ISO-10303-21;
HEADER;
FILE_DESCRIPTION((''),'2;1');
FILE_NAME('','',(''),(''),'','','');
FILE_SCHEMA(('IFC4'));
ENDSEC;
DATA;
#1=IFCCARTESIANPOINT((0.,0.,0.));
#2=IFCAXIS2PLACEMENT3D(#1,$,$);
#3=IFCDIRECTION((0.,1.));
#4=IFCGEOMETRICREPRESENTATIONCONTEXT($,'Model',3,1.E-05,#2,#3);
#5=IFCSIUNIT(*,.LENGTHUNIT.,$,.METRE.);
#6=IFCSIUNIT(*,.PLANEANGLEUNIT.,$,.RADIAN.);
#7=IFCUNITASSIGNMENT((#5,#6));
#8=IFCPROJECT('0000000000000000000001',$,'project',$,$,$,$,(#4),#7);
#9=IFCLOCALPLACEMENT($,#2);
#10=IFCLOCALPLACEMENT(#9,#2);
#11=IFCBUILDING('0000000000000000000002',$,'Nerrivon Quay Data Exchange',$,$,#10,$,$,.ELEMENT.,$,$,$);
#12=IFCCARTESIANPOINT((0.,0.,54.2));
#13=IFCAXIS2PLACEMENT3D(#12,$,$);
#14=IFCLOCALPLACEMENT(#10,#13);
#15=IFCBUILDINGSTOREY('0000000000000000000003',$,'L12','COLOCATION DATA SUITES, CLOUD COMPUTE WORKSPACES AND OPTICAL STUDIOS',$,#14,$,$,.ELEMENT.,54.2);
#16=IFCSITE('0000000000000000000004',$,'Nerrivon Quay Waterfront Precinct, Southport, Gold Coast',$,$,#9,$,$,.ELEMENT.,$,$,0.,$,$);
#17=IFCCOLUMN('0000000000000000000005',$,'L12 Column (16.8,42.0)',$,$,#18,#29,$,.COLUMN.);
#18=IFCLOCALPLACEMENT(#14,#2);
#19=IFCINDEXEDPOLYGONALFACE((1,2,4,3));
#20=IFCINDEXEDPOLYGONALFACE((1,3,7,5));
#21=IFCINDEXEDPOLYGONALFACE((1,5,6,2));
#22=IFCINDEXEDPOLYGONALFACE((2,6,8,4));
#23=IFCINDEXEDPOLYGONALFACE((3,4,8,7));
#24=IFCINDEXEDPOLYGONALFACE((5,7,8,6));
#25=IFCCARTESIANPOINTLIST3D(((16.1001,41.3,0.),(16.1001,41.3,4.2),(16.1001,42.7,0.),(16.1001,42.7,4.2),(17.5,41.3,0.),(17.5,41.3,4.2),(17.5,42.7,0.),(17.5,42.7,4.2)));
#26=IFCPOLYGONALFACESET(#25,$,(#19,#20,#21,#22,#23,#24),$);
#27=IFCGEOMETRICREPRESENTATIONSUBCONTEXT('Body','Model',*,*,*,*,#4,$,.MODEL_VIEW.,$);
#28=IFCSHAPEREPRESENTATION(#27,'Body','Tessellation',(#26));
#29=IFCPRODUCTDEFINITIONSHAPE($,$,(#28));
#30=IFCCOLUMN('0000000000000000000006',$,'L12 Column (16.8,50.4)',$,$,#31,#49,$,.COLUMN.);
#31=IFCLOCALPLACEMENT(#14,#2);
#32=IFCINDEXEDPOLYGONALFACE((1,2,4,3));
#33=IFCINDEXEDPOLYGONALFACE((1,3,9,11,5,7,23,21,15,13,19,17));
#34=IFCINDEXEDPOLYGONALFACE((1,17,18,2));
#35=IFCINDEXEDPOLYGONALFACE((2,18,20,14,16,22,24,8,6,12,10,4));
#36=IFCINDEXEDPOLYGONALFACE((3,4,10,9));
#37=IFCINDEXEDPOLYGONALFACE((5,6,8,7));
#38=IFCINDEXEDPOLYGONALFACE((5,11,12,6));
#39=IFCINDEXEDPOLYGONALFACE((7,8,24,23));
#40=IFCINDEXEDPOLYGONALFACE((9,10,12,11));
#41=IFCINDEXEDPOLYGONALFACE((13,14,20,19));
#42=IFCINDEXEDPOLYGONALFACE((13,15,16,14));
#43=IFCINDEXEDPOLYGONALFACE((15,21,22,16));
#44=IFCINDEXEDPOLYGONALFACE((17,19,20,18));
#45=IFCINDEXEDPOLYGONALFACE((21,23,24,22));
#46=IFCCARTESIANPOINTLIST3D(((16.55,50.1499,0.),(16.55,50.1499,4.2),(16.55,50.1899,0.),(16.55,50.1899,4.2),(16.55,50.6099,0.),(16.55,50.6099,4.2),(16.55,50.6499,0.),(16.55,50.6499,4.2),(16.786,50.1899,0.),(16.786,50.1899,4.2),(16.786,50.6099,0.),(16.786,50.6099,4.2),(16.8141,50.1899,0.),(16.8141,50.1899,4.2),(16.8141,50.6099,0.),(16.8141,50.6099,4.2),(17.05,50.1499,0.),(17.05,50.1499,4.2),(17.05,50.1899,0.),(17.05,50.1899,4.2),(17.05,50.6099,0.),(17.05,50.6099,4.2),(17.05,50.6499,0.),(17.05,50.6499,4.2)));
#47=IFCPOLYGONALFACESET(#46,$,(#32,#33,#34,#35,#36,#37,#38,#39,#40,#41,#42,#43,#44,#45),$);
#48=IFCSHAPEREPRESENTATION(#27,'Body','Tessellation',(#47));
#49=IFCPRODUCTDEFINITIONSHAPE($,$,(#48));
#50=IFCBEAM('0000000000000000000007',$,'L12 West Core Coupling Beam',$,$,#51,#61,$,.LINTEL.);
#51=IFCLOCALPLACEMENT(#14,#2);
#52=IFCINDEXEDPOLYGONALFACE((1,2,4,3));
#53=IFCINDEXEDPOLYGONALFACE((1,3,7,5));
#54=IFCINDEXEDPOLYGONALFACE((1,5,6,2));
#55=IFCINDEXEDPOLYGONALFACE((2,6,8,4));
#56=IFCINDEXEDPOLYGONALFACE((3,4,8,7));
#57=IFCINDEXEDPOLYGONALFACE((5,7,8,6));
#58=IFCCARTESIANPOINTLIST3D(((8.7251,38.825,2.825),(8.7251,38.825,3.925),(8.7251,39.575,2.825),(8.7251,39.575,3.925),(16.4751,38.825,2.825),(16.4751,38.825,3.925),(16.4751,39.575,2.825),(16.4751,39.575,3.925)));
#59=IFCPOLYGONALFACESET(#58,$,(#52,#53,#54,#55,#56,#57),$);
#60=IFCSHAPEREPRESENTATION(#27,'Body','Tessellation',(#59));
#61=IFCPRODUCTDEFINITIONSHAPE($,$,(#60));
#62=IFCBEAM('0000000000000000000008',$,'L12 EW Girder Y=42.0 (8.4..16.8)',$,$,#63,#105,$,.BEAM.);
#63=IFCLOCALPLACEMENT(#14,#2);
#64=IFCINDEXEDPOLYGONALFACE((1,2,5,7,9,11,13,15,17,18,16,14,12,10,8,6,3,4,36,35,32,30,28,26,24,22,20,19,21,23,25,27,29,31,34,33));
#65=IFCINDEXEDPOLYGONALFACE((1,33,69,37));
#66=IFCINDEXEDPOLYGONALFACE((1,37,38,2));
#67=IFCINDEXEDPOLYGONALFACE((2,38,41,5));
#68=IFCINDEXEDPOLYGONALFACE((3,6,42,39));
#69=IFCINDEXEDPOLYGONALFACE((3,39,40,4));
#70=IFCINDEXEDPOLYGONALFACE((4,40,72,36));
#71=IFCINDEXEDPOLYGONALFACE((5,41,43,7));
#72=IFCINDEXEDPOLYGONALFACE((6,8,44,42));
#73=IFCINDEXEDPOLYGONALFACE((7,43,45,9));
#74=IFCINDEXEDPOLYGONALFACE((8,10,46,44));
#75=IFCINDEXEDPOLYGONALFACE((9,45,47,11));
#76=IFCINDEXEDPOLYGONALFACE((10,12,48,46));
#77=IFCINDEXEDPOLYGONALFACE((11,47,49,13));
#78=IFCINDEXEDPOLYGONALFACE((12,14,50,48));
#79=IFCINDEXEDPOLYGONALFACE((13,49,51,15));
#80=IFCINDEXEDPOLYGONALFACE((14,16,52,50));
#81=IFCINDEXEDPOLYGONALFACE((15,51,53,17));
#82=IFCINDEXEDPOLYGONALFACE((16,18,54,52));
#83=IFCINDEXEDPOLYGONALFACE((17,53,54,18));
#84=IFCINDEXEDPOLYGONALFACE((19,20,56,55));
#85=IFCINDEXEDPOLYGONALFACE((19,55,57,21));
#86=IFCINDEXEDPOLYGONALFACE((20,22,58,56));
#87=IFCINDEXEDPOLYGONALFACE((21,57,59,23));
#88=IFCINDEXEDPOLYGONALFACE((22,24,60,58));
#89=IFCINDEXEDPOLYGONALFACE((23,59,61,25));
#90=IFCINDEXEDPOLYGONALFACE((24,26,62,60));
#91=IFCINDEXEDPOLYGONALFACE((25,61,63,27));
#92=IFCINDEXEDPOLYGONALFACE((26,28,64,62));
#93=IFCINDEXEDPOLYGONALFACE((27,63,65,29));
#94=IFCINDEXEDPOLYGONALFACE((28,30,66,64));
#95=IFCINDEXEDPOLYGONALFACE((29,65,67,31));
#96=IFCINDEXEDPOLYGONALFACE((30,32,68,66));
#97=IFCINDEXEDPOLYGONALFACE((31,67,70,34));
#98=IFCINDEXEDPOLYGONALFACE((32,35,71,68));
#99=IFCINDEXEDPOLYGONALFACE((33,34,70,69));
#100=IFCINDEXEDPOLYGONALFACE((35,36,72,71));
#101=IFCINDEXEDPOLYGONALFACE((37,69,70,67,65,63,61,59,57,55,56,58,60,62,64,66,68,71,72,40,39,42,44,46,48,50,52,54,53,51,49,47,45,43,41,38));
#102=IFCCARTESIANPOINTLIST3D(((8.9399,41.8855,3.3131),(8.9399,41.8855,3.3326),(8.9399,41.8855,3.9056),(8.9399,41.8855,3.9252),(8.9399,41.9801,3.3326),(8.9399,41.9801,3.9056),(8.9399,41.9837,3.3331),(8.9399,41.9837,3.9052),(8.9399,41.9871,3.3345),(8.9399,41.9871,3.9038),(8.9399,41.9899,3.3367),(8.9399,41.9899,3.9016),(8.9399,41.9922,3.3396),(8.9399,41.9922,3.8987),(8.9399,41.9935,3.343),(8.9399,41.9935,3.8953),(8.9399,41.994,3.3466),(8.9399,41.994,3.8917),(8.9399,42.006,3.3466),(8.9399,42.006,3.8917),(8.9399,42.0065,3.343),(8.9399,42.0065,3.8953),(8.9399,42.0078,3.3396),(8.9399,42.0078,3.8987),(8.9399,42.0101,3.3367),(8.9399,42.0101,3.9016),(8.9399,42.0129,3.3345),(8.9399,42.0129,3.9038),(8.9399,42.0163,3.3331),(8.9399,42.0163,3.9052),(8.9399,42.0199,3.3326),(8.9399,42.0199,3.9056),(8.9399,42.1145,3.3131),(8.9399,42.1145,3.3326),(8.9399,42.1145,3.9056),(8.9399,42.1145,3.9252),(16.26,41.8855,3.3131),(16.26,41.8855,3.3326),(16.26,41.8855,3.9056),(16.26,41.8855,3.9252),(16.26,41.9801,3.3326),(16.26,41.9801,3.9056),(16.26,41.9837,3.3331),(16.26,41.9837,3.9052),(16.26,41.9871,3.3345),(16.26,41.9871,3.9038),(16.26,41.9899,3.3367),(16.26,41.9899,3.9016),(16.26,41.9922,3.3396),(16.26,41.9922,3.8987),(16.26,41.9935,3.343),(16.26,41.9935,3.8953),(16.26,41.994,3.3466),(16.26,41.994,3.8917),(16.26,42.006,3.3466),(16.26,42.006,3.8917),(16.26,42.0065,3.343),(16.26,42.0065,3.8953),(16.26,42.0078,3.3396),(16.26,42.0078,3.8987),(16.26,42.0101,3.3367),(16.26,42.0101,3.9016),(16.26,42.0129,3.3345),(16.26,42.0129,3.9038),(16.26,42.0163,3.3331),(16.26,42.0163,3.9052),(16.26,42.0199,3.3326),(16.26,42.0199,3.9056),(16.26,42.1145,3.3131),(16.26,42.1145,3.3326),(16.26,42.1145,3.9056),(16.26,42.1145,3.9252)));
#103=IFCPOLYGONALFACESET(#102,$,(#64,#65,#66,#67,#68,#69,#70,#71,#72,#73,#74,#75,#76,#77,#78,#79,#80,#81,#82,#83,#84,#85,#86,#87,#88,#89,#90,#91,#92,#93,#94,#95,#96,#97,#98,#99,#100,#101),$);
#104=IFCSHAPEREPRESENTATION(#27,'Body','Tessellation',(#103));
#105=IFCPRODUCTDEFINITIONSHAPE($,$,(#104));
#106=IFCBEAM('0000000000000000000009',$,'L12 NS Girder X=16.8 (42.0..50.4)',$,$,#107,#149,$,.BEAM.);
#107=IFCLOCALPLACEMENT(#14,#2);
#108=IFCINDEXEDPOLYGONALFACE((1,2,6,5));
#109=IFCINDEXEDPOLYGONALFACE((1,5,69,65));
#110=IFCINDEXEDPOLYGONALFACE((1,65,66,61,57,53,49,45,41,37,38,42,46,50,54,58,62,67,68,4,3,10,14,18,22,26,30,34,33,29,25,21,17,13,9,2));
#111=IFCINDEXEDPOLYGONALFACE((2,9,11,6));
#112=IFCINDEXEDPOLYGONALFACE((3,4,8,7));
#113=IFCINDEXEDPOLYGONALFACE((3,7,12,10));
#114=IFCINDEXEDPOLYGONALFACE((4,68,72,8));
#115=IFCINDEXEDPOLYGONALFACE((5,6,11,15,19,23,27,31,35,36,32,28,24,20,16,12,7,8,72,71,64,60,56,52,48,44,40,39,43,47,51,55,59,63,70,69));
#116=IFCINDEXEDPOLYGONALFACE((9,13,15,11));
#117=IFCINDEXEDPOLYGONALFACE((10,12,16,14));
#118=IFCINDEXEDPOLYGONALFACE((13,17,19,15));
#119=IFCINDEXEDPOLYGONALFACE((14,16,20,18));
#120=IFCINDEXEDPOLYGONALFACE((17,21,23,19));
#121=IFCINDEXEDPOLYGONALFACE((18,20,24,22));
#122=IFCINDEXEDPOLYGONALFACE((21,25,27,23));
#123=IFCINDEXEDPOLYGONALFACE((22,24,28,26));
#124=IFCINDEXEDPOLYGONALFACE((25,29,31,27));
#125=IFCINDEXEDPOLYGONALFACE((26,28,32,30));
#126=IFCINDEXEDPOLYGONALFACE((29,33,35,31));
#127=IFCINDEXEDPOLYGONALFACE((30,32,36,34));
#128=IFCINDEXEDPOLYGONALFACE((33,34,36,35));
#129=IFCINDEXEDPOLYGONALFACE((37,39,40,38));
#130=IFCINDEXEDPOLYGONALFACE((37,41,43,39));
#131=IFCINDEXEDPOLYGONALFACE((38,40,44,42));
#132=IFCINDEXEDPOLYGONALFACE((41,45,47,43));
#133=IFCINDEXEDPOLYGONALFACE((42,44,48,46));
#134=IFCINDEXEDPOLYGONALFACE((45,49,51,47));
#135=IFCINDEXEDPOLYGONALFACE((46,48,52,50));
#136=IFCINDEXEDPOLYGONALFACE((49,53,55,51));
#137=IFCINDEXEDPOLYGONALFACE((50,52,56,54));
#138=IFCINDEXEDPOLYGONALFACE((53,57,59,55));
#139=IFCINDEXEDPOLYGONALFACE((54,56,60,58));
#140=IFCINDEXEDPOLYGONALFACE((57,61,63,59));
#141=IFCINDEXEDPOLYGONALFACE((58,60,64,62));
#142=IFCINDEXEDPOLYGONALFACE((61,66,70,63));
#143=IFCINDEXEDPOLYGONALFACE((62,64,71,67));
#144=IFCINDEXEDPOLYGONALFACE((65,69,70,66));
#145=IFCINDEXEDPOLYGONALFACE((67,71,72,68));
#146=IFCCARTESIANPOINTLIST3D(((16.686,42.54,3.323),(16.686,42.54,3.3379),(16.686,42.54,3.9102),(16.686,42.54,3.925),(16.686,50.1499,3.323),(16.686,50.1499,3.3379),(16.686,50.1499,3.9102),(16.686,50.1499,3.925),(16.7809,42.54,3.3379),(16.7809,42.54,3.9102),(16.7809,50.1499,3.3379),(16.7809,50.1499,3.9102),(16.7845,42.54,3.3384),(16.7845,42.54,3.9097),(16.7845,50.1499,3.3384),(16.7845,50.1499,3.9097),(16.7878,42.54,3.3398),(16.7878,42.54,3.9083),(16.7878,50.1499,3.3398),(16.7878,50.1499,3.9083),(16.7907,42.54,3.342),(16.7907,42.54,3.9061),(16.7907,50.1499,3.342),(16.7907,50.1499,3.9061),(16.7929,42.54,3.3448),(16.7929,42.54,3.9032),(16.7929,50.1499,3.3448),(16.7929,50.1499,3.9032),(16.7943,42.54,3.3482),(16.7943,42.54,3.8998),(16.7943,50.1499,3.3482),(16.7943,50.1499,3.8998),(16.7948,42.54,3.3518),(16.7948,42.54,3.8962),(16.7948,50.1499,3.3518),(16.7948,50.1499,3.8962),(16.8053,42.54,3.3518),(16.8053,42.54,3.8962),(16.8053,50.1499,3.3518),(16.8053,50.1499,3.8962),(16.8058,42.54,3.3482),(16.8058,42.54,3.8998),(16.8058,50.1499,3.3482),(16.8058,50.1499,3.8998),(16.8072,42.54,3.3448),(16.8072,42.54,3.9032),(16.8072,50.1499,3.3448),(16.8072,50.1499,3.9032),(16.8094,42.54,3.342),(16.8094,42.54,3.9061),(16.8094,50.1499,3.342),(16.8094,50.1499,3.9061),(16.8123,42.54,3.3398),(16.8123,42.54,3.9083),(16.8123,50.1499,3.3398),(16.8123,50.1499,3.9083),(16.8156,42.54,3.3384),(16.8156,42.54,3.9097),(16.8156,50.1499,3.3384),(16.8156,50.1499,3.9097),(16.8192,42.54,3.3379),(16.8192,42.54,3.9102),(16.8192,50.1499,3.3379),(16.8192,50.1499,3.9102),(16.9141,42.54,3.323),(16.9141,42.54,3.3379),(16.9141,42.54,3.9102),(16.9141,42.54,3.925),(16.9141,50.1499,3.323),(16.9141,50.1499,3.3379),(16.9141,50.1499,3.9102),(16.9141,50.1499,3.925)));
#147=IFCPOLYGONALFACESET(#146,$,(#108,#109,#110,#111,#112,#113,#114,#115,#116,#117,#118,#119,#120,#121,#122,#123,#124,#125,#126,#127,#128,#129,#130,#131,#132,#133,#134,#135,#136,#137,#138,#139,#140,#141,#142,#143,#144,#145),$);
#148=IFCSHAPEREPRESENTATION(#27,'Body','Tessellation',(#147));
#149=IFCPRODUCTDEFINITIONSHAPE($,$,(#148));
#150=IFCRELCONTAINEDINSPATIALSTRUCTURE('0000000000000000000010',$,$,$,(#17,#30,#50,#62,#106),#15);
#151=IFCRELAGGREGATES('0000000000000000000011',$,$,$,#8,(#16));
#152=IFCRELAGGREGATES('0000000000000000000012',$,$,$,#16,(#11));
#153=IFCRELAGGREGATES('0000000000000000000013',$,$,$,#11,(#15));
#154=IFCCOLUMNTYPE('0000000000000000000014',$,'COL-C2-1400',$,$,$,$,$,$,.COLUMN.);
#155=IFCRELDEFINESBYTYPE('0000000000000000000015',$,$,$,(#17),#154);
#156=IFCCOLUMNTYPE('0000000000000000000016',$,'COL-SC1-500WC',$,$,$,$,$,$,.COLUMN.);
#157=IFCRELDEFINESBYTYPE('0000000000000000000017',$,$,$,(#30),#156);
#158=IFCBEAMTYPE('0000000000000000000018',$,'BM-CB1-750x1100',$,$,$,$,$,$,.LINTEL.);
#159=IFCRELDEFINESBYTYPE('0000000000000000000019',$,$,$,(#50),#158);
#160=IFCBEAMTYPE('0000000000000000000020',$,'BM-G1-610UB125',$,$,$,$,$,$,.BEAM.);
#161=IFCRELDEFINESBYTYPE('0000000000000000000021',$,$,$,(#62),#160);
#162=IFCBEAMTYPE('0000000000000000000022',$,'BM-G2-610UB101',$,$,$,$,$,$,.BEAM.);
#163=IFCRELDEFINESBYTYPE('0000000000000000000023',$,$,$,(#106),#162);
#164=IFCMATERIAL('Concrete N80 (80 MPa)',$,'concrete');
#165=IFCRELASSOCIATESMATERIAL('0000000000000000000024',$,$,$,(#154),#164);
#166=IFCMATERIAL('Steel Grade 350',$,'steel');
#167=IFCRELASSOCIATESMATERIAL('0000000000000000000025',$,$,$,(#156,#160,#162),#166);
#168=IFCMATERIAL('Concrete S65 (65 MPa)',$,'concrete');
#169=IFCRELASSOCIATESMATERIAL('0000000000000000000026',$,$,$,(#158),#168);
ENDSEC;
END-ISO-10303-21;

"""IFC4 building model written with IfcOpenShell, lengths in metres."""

from ifc_helpers import new_model, si_unit, direction, frame, origin, origin_2d, place, context, subcontext, project, spatial, rectangle, i_section, extrude, material, material_profile, profile_set, type_object, element, save


model = new_model("IFC4")

# Units and contexts
model_context = context("Model", 3, precision=1e-05, world=origin(), true_north=direction((0.0, 1.0)))
body_context = subcontext(model_context, "Body", "Model", "MODEL_VIEW")
ifc_project = project(units=[si_unit("LENGTHUNIT", "METRE"), si_unit("PLANEANGLEUNIT", "RADIAN")], contexts=[model_context])

# Site, building, storey
site_placement = place(None, origin())
site = spatial("IfcSite", under=ifc_project, at=site_placement, Name="Nerrivon Quay Waterfront Precinct, Southport, Gold Coast", CompositionType="ELEMENT", RefElevation=0.0)
building_placement = place(site_placement, origin())
building = spatial("IfcBuilding", under=site, at=building_placement, Name="Nerrivon Quay Data Exchange", CompositionType="ELEMENT")
storey_placement = place(building_placement, frame((0.0, 0.0, 54.2)))
storey = spatial("IfcBuildingStorey", under=building, at=storey_placement, Name="L12", Description="COLOCATION DATA SUITES, CLOUD COMPUTE WORKSPACES AND OPTICAL STUDIOS", CompositionType="ELEMENT", Elevation=54.2)

# Columns
ifc_material_1 = material(Name="Concrete N80 (80 MPa)", Category="concrete")
ifc_material_profile_1 = material_profile(ifc_material_1, rectangle(XDim=1.3999, YDim=1.3999, at=origin_2d()), Name="RC-COL-1400x1400")
ifc_profile_set_1 = profile_set([ifc_material_profile_1], Name="Concrete N80 (80 MPa)")
column_type_1 = type_object("IfcColumnType", Name="COL-C2-1400", PredefinedType="COLUMN", material=ifc_profile_set_1)
column_1_placement = place(storey_placement, frame((16.8, 42.0, 0.0), z_axis=(0.0, 0.0, 1.0), x_axis=(1.0, 0.0, 0.0)))
element("IfcColumn", 1, at=column_1_placement, inside=storey, type_object=column_type_1, Name="L12 Column (16.8,42.0)", PredefinedType="COLUMN", context=body_context, shape_type="SweptSolid", body=[
    extrude(rectangle(XDim=1.3999, YDim=1.3999, at=origin_2d()), origin(), (0.0, 0.0, 1.0), 4.2),
])
ifc_material_2 = material(Name="Steel Grade 350", Category="steel")
ifc_material_profile_2 = material_profile(ifc_material_2, i_section(OverallWidth=0.5, OverallDepth=0.5, WebThickness=0.0281, FlangeThickness=0.04, at=origin_2d()), Name="500WC440")
ifc_profile_set_2 = profile_set([ifc_material_profile_2], Name="Steel Grade 350")
column_type_2 = type_object("IfcColumnType", Name="COL-SC1-500WC", PredefinedType="COLUMN", material=ifc_profile_set_2)
column_2_placement = place(storey_placement, frame((16.8, 50.3999, 0.0), z_axis=(0.0, 0.0, 1.0), x_axis=(1.0, 0.0, 0.0)))
element("IfcColumn", 2, at=column_2_placement, inside=storey, type_object=column_type_2, Name="L12 Column (16.8,50.4)", PredefinedType="COLUMN", context=body_context, shape_type="SweptSolid", body=[
    extrude(i_section(OverallWidth=0.5, OverallDepth=0.5, WebThickness=0.0281, FlangeThickness=0.04, at=origin_2d()), origin(), (0.0, 0.0, 1.0), 4.2),
])

# Beams
ifc_material_3 = material(Name="Concrete S65 (65 MPa)", Category="concrete")
ifc_material_profile_3 = material_profile(ifc_material_3, rectangle(XDim=0.75, YDim=1.1001, at=origin_2d()), Name="RC-CB-750x1100")
ifc_profile_set_3 = profile_set([ifc_material_profile_3], Name="Concrete S65 (65 MPa)")
beam_type_1 = type_object("IfcBeamType", Name="BM-CB1-750x1100", PredefinedType="LINTEL", material=ifc_profile_set_3)
beam_1_placement = place(storey_placement, frame((8.7251, 39.2, 3.375), z_axis=(1.0, 0.0, 0.0), x_axis=(0.0, 1.0, 0.0)))
element("IfcBeam", 3, at=beam_1_placement, inside=storey, type_object=beam_type_1, Name="L12 West Core Coupling Beam", PredefinedType="LINTEL", context=body_context, shape_type="SweptSolid", body=[
    extrude(rectangle(XDim=0.75, YDim=1.1001, at=origin_2d()), origin(), (0.0, 0.0, 1.0), 7.75),
])
ifc_material_profile_4 = material_profile(ifc_material_2, i_section(OverallWidth=0.229, OverallDepth=0.6121, WebThickness=0.012, FlangeThickness=0.0195, FilletRadius=0.0139, at=origin_2d()), Name="610UB125")
ifc_profile_set_4 = profile_set([ifc_material_profile_4], Name="Steel Grade 350")
beam_type_2 = type_object("IfcBeamType", Name="BM-G1-610UB125", PredefinedType="BEAM", material=ifc_profile_set_4)
beam_2_placement = place(storey_placement, frame((8.9399, 42.0, 3.6191), z_axis=(1.0, 0.0, 0.0), x_axis=(0.0, 1.0, 0.0)))
element("IfcBeam", 4, at=beam_2_placement, inside=storey, type_object=beam_type_2, Name="L12 EW Girder Y=42.0 (8.4..16.8)", PredefinedType="BEAM", context=body_context, shape_type="SweptSolid", body=[
    extrude(i_section(OverallWidth=0.229, OverallDepth=0.6121, WebThickness=0.012, FlangeThickness=0.0195, FilletRadius=0.0139, at=origin_2d()), origin(), (0.0, 0.0, 1.0), 7.3201),
])
ifc_material_profile_5 = material_profile(ifc_material_2, i_section(OverallWidth=0.228, OverallDepth=0.6021, WebThickness=0.0105, FlangeThickness=0.0149, FilletRadius=0.0139, at=origin_2d()), Name="610UB101")
ifc_profile_set_5 = profile_set([ifc_material_profile_5], Name="Steel Grade 350")
beam_type_3 = type_object("IfcBeamType", Name="BM-G2-610UB101", PredefinedType="BEAM", material=ifc_profile_set_5)
beam_3_placement = place(storey_placement, frame((16.8, 42.54, 3.624), z_axis=(0.0, 1.0, 0.0), x_axis=(-1.0, 0.0, 0.0)))
element("IfcBeam", 5, at=beam_3_placement, inside=storey, type_object=beam_type_3, Name="L12 NS Girder X=16.8 (42.0..50.4)", PredefinedType="BEAM", context=body_context, shape_type="SweptSolid", body=[
    extrude(i_section(OverallWidth=0.228, OverallDepth=0.6021, WebThickness=0.0105, FlangeThickness=0.0149, FilletRadius=0.0139, at=origin_2d()), origin(), (0.0, 0.0, 1.0), 7.6099),
])

save(model, "model.ifc")
